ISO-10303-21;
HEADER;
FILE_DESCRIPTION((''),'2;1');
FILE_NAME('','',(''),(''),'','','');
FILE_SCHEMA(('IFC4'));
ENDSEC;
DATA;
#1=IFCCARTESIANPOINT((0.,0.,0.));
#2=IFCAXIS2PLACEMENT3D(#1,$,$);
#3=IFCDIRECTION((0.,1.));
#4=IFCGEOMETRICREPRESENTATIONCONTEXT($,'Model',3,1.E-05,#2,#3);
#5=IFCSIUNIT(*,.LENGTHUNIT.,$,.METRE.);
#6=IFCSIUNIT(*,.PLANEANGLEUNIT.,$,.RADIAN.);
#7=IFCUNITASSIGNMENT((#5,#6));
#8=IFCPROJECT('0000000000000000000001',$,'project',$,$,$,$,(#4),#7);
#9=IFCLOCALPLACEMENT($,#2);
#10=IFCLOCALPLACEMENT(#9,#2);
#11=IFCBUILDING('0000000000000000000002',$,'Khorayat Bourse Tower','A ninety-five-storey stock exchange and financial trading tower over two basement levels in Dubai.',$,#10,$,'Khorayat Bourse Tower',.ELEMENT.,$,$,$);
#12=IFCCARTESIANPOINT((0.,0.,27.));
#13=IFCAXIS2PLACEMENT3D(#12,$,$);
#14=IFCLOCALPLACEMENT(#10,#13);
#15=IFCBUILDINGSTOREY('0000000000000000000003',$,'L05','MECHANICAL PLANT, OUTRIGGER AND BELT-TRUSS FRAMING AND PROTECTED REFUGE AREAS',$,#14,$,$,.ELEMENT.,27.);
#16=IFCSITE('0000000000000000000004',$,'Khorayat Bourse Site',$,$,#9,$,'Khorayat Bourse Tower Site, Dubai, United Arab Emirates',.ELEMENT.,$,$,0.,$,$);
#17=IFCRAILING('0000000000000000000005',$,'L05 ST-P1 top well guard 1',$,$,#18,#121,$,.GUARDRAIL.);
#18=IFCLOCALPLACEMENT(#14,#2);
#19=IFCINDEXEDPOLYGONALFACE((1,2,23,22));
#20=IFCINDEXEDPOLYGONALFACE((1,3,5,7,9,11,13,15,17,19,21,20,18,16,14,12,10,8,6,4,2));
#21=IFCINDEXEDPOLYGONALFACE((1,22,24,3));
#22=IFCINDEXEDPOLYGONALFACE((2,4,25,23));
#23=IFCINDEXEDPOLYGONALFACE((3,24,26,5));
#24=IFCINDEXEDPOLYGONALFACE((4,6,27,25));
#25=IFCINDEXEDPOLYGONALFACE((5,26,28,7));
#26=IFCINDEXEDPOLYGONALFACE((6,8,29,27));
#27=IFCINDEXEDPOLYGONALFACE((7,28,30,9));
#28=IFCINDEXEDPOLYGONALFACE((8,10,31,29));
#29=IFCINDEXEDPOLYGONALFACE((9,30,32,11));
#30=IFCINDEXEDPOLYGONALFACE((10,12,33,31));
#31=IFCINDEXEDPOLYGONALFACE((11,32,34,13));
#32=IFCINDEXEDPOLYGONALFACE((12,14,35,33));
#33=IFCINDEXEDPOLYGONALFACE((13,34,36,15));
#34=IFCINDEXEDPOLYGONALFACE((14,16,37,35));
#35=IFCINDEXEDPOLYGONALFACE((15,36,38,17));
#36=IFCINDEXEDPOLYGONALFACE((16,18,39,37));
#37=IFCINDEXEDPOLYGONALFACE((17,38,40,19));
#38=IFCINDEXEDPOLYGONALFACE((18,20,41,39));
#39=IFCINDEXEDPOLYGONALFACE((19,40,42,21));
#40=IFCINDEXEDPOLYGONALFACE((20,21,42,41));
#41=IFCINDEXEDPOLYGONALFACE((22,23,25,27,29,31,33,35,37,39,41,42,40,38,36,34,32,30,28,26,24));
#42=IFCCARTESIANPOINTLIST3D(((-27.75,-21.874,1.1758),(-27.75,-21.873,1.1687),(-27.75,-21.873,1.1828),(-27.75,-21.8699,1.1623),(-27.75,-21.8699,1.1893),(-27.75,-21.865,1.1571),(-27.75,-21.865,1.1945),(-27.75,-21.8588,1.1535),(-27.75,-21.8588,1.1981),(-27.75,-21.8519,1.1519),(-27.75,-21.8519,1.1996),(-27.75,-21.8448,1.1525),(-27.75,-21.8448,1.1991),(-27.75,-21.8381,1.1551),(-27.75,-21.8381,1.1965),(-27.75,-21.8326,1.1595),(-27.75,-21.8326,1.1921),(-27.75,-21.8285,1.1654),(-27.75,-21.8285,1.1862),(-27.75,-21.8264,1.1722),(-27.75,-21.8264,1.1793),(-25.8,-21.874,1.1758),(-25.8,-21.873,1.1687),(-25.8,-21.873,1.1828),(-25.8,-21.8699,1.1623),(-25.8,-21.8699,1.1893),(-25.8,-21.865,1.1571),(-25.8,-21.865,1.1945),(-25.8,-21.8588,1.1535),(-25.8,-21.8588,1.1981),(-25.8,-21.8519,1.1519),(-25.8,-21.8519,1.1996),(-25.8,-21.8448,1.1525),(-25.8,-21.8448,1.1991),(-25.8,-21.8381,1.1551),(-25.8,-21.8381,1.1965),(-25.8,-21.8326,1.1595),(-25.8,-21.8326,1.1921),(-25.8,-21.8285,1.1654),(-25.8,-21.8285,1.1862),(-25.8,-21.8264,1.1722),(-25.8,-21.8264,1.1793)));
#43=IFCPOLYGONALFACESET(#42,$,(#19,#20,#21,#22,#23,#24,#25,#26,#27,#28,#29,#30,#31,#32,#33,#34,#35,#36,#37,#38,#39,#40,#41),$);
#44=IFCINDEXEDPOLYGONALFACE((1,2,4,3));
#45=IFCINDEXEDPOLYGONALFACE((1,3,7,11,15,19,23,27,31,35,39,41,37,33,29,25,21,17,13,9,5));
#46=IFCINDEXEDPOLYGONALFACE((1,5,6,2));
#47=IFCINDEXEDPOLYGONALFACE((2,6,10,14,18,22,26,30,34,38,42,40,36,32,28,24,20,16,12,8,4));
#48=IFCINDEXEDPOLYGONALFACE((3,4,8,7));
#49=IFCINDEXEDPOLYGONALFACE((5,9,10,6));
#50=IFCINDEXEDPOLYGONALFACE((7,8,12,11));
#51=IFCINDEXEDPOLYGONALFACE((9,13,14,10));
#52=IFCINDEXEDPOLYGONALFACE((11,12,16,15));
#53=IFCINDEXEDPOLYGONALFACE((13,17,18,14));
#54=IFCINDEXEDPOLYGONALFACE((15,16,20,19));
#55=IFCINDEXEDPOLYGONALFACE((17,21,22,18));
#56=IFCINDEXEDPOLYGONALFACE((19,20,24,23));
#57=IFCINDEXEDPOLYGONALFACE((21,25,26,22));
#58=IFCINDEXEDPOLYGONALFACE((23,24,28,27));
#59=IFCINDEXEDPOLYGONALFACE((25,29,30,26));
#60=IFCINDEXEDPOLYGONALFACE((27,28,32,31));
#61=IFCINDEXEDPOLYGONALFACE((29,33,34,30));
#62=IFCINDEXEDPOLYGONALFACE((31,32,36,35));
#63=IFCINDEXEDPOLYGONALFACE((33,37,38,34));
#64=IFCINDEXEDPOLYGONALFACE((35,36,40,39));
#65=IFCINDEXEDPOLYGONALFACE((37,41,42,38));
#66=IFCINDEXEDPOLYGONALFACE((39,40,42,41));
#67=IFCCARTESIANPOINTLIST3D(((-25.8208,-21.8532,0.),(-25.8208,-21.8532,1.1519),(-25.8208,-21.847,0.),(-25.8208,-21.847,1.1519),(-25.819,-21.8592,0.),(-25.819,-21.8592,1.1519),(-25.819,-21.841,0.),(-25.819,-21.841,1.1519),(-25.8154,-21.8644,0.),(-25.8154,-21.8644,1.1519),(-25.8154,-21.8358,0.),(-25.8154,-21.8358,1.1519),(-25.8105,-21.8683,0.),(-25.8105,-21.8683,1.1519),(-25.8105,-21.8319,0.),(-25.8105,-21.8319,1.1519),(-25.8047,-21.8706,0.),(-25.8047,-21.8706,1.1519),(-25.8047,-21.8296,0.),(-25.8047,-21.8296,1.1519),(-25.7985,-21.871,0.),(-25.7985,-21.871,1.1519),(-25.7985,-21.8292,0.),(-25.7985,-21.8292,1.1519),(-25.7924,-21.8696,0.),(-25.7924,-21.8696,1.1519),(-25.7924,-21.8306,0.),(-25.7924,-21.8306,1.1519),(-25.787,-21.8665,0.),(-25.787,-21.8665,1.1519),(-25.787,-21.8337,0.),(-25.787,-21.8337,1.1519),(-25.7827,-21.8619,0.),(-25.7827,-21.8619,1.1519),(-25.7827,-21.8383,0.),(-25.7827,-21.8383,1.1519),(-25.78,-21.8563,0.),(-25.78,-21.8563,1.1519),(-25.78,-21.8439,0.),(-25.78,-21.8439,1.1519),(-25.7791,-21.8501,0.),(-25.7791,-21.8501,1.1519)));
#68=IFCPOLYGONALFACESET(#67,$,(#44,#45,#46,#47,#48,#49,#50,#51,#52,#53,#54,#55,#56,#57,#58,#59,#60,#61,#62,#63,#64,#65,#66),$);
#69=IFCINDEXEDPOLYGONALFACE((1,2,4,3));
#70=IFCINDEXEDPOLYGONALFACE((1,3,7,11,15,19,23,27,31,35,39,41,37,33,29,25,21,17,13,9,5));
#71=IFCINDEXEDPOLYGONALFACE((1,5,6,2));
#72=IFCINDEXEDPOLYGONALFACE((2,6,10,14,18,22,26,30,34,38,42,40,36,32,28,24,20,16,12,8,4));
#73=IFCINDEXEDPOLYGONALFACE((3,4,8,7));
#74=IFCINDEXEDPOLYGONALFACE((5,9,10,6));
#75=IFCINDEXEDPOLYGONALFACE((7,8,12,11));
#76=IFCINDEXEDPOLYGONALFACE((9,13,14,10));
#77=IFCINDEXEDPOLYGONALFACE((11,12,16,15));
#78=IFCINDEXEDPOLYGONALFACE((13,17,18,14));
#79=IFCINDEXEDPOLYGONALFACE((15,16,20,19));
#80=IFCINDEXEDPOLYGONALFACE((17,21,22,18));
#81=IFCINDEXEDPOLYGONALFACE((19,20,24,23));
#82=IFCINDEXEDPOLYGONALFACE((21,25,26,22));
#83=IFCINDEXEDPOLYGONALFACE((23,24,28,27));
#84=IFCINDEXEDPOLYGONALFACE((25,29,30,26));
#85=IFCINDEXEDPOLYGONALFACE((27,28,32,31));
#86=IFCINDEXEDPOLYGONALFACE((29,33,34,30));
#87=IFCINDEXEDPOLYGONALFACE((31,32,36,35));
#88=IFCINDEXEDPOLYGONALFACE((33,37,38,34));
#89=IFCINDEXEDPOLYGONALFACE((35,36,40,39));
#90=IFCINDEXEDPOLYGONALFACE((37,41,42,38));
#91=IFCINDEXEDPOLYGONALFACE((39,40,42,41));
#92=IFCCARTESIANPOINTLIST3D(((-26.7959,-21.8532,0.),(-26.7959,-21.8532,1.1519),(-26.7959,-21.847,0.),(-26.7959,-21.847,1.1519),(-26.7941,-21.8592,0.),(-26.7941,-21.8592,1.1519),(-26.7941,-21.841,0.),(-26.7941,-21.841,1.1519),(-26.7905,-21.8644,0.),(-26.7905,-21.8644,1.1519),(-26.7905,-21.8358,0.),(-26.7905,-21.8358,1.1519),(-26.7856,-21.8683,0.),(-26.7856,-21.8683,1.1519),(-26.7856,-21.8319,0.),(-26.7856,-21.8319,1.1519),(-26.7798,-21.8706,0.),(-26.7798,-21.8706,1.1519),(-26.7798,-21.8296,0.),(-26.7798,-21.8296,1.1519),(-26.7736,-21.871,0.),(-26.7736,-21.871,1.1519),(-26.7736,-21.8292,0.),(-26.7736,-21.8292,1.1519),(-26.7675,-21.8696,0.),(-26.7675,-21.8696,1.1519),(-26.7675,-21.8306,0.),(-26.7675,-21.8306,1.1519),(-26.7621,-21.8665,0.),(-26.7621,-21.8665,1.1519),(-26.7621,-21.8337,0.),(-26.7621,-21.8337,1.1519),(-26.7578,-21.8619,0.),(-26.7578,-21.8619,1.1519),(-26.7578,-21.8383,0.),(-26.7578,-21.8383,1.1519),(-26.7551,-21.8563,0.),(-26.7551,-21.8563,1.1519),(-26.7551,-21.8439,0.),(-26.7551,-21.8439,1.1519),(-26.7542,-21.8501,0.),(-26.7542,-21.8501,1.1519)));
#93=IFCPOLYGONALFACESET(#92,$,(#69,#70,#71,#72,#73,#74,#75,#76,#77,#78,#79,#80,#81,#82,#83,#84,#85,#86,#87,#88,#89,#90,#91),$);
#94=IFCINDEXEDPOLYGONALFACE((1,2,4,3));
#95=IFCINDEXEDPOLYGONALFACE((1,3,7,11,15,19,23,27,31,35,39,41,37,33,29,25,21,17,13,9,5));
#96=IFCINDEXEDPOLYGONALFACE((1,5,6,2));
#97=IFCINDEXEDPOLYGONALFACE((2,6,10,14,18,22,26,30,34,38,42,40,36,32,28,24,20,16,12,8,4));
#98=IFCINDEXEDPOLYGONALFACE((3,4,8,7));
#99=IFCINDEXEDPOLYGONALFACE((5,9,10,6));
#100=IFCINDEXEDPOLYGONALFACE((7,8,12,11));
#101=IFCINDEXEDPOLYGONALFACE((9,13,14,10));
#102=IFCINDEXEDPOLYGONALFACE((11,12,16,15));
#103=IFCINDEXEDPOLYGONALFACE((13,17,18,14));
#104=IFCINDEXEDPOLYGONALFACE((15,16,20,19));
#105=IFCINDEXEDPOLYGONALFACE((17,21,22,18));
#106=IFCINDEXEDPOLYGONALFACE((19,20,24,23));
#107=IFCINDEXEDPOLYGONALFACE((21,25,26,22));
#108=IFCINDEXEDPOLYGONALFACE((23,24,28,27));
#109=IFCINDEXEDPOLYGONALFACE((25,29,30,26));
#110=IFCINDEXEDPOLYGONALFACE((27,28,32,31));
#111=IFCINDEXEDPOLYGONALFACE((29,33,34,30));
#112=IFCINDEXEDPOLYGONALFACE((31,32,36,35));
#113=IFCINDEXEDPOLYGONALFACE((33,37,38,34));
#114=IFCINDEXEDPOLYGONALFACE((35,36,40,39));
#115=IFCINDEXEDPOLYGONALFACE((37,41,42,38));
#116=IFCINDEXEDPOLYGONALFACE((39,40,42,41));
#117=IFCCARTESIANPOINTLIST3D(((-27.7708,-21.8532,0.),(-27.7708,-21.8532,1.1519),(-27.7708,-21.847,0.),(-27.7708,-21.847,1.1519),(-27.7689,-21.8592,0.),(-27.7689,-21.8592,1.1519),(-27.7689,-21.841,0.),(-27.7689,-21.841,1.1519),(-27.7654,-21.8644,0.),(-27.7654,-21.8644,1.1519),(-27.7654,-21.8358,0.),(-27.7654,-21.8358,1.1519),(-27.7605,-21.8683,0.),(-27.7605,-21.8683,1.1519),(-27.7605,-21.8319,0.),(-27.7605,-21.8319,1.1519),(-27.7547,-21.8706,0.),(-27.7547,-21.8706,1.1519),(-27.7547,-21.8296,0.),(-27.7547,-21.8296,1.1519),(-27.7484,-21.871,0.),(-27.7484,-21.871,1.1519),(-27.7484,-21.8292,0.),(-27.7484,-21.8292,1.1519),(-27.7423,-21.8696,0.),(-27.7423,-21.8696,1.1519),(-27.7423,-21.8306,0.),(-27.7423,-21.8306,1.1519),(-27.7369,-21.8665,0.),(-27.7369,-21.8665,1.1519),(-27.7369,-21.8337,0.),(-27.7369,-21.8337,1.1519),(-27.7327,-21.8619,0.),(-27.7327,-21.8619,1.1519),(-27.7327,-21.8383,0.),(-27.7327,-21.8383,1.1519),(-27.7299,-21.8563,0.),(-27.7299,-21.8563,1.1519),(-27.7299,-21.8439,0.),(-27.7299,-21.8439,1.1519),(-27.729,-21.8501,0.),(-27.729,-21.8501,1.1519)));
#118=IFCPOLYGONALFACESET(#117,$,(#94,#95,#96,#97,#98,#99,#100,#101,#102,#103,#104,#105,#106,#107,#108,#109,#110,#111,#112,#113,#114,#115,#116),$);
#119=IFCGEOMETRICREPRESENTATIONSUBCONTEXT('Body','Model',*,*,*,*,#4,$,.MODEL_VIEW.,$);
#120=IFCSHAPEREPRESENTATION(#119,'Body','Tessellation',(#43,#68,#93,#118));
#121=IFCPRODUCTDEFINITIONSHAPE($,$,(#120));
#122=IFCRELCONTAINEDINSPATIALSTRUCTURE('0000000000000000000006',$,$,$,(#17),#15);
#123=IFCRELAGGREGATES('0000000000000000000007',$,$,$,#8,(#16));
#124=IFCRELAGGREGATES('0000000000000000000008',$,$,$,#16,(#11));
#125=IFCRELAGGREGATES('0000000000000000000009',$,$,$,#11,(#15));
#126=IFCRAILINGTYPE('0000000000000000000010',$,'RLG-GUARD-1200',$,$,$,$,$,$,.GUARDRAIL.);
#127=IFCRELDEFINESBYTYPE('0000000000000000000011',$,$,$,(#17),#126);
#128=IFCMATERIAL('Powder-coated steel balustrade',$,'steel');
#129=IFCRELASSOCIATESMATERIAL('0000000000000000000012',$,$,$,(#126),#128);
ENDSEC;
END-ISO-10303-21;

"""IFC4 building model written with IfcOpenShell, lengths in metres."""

from ifc_helpers import new_model, si_unit, direction, frame, origin, origin_2d, place, context, subcontext, project, spatial, circle, extrude, source, transform, mapped, material, type_object, element, save


model = new_model("IFC4")

# Units and contexts
model_context = context("Model", 3, precision=1e-05, world=origin(), true_north=direction((0.0, 1.0)))
body_context = subcontext(model_context, "Body", "Model", "MODEL_VIEW")
ifc_project = project(units=[si_unit("LENGTHUNIT", "METRE"), si_unit("PLANEANGLEUNIT", "RADIAN")], contexts=[model_context])

# Site, building, storey
site_placement = place(None, origin())
site = spatial("IfcSite", under=ifc_project, at=site_placement, Name="Khorayat Bourse Site", LongName="Khorayat Bourse Tower Site, Dubai, United Arab Emirates", CompositionType="ELEMENT", RefElevation=0.0)
building_placement = place(site_placement, origin())
building = spatial("IfcBuilding", under=site, at=building_placement, Name="Khorayat Bourse Tower", Description="A ninety-five-storey stock exchange and financial trading tower over two basement levels in Dubai.", LongName="Khorayat Bourse Tower", CompositionType="ELEMENT")
storey_placement = place(building_placement, frame((0.0, 0.0, 27.0)))
storey = spatial("IfcBuildingStorey", under=building, at=storey_placement, Name="L05", Description="MECHANICAL PLANT, OUTRIGGER AND BELT-TRUSS FRAMING AND PROTECTED REFUGE AREAS", CompositionType="ELEMENT", Elevation=27.0)

# Railing
ifc_material_1 = material(Name="Powder-coated steel balustrade", Category="steel")
railing_type = type_object("IfcRailingType", Name="RLG-GUARD-1200", PredefinedType="GUARDRAIL", material=ifc_material_1)
shared_shape_1 = source(origin(), body_context, "Body", "SweptSolid", [
    extrude(circle(Radius=0.0239, at=origin_2d()), frame((0.0, 0.0, 1.1758), z_axis=(-1.0, 0.0, 0.0), x_axis=(0.0, -1.0, 0.0)), (0.0, 0.0, 1.0), 1.95),
    extrude(circle(Radius=0.021, at=origin_2d()), origin(), (0.0, 0.0, 1.0), 1.1519),
    extrude(circle(Radius=0.021, at=origin_2d()), frame((-0.9751, 0.0, 0.0)), (0.0, 0.0, 1.0), 1.1519),
    extrude(circle(Radius=0.021, at=origin_2d()), frame((-1.95, 0.0, 0.0)), (0.0, 0.0, 1.0), 1.1519),
])
railing_1_placement = place(storey_placement, frame((-25.8, -21.8501, 0.0)))
element("IfcRailing", 1, at=railing_1_placement, inside=storey, type_object=railing_type, Name="L05 ST-P1 top well guard 1", PredefinedType="GUARDRAIL", context=body_context, shape_type="MappedRepresentation", body=[
    mapped(shared_shape_1, transform((0.0, 0.0, 0.0), scale=1.0)),
])

save(model, "model.ifc")
